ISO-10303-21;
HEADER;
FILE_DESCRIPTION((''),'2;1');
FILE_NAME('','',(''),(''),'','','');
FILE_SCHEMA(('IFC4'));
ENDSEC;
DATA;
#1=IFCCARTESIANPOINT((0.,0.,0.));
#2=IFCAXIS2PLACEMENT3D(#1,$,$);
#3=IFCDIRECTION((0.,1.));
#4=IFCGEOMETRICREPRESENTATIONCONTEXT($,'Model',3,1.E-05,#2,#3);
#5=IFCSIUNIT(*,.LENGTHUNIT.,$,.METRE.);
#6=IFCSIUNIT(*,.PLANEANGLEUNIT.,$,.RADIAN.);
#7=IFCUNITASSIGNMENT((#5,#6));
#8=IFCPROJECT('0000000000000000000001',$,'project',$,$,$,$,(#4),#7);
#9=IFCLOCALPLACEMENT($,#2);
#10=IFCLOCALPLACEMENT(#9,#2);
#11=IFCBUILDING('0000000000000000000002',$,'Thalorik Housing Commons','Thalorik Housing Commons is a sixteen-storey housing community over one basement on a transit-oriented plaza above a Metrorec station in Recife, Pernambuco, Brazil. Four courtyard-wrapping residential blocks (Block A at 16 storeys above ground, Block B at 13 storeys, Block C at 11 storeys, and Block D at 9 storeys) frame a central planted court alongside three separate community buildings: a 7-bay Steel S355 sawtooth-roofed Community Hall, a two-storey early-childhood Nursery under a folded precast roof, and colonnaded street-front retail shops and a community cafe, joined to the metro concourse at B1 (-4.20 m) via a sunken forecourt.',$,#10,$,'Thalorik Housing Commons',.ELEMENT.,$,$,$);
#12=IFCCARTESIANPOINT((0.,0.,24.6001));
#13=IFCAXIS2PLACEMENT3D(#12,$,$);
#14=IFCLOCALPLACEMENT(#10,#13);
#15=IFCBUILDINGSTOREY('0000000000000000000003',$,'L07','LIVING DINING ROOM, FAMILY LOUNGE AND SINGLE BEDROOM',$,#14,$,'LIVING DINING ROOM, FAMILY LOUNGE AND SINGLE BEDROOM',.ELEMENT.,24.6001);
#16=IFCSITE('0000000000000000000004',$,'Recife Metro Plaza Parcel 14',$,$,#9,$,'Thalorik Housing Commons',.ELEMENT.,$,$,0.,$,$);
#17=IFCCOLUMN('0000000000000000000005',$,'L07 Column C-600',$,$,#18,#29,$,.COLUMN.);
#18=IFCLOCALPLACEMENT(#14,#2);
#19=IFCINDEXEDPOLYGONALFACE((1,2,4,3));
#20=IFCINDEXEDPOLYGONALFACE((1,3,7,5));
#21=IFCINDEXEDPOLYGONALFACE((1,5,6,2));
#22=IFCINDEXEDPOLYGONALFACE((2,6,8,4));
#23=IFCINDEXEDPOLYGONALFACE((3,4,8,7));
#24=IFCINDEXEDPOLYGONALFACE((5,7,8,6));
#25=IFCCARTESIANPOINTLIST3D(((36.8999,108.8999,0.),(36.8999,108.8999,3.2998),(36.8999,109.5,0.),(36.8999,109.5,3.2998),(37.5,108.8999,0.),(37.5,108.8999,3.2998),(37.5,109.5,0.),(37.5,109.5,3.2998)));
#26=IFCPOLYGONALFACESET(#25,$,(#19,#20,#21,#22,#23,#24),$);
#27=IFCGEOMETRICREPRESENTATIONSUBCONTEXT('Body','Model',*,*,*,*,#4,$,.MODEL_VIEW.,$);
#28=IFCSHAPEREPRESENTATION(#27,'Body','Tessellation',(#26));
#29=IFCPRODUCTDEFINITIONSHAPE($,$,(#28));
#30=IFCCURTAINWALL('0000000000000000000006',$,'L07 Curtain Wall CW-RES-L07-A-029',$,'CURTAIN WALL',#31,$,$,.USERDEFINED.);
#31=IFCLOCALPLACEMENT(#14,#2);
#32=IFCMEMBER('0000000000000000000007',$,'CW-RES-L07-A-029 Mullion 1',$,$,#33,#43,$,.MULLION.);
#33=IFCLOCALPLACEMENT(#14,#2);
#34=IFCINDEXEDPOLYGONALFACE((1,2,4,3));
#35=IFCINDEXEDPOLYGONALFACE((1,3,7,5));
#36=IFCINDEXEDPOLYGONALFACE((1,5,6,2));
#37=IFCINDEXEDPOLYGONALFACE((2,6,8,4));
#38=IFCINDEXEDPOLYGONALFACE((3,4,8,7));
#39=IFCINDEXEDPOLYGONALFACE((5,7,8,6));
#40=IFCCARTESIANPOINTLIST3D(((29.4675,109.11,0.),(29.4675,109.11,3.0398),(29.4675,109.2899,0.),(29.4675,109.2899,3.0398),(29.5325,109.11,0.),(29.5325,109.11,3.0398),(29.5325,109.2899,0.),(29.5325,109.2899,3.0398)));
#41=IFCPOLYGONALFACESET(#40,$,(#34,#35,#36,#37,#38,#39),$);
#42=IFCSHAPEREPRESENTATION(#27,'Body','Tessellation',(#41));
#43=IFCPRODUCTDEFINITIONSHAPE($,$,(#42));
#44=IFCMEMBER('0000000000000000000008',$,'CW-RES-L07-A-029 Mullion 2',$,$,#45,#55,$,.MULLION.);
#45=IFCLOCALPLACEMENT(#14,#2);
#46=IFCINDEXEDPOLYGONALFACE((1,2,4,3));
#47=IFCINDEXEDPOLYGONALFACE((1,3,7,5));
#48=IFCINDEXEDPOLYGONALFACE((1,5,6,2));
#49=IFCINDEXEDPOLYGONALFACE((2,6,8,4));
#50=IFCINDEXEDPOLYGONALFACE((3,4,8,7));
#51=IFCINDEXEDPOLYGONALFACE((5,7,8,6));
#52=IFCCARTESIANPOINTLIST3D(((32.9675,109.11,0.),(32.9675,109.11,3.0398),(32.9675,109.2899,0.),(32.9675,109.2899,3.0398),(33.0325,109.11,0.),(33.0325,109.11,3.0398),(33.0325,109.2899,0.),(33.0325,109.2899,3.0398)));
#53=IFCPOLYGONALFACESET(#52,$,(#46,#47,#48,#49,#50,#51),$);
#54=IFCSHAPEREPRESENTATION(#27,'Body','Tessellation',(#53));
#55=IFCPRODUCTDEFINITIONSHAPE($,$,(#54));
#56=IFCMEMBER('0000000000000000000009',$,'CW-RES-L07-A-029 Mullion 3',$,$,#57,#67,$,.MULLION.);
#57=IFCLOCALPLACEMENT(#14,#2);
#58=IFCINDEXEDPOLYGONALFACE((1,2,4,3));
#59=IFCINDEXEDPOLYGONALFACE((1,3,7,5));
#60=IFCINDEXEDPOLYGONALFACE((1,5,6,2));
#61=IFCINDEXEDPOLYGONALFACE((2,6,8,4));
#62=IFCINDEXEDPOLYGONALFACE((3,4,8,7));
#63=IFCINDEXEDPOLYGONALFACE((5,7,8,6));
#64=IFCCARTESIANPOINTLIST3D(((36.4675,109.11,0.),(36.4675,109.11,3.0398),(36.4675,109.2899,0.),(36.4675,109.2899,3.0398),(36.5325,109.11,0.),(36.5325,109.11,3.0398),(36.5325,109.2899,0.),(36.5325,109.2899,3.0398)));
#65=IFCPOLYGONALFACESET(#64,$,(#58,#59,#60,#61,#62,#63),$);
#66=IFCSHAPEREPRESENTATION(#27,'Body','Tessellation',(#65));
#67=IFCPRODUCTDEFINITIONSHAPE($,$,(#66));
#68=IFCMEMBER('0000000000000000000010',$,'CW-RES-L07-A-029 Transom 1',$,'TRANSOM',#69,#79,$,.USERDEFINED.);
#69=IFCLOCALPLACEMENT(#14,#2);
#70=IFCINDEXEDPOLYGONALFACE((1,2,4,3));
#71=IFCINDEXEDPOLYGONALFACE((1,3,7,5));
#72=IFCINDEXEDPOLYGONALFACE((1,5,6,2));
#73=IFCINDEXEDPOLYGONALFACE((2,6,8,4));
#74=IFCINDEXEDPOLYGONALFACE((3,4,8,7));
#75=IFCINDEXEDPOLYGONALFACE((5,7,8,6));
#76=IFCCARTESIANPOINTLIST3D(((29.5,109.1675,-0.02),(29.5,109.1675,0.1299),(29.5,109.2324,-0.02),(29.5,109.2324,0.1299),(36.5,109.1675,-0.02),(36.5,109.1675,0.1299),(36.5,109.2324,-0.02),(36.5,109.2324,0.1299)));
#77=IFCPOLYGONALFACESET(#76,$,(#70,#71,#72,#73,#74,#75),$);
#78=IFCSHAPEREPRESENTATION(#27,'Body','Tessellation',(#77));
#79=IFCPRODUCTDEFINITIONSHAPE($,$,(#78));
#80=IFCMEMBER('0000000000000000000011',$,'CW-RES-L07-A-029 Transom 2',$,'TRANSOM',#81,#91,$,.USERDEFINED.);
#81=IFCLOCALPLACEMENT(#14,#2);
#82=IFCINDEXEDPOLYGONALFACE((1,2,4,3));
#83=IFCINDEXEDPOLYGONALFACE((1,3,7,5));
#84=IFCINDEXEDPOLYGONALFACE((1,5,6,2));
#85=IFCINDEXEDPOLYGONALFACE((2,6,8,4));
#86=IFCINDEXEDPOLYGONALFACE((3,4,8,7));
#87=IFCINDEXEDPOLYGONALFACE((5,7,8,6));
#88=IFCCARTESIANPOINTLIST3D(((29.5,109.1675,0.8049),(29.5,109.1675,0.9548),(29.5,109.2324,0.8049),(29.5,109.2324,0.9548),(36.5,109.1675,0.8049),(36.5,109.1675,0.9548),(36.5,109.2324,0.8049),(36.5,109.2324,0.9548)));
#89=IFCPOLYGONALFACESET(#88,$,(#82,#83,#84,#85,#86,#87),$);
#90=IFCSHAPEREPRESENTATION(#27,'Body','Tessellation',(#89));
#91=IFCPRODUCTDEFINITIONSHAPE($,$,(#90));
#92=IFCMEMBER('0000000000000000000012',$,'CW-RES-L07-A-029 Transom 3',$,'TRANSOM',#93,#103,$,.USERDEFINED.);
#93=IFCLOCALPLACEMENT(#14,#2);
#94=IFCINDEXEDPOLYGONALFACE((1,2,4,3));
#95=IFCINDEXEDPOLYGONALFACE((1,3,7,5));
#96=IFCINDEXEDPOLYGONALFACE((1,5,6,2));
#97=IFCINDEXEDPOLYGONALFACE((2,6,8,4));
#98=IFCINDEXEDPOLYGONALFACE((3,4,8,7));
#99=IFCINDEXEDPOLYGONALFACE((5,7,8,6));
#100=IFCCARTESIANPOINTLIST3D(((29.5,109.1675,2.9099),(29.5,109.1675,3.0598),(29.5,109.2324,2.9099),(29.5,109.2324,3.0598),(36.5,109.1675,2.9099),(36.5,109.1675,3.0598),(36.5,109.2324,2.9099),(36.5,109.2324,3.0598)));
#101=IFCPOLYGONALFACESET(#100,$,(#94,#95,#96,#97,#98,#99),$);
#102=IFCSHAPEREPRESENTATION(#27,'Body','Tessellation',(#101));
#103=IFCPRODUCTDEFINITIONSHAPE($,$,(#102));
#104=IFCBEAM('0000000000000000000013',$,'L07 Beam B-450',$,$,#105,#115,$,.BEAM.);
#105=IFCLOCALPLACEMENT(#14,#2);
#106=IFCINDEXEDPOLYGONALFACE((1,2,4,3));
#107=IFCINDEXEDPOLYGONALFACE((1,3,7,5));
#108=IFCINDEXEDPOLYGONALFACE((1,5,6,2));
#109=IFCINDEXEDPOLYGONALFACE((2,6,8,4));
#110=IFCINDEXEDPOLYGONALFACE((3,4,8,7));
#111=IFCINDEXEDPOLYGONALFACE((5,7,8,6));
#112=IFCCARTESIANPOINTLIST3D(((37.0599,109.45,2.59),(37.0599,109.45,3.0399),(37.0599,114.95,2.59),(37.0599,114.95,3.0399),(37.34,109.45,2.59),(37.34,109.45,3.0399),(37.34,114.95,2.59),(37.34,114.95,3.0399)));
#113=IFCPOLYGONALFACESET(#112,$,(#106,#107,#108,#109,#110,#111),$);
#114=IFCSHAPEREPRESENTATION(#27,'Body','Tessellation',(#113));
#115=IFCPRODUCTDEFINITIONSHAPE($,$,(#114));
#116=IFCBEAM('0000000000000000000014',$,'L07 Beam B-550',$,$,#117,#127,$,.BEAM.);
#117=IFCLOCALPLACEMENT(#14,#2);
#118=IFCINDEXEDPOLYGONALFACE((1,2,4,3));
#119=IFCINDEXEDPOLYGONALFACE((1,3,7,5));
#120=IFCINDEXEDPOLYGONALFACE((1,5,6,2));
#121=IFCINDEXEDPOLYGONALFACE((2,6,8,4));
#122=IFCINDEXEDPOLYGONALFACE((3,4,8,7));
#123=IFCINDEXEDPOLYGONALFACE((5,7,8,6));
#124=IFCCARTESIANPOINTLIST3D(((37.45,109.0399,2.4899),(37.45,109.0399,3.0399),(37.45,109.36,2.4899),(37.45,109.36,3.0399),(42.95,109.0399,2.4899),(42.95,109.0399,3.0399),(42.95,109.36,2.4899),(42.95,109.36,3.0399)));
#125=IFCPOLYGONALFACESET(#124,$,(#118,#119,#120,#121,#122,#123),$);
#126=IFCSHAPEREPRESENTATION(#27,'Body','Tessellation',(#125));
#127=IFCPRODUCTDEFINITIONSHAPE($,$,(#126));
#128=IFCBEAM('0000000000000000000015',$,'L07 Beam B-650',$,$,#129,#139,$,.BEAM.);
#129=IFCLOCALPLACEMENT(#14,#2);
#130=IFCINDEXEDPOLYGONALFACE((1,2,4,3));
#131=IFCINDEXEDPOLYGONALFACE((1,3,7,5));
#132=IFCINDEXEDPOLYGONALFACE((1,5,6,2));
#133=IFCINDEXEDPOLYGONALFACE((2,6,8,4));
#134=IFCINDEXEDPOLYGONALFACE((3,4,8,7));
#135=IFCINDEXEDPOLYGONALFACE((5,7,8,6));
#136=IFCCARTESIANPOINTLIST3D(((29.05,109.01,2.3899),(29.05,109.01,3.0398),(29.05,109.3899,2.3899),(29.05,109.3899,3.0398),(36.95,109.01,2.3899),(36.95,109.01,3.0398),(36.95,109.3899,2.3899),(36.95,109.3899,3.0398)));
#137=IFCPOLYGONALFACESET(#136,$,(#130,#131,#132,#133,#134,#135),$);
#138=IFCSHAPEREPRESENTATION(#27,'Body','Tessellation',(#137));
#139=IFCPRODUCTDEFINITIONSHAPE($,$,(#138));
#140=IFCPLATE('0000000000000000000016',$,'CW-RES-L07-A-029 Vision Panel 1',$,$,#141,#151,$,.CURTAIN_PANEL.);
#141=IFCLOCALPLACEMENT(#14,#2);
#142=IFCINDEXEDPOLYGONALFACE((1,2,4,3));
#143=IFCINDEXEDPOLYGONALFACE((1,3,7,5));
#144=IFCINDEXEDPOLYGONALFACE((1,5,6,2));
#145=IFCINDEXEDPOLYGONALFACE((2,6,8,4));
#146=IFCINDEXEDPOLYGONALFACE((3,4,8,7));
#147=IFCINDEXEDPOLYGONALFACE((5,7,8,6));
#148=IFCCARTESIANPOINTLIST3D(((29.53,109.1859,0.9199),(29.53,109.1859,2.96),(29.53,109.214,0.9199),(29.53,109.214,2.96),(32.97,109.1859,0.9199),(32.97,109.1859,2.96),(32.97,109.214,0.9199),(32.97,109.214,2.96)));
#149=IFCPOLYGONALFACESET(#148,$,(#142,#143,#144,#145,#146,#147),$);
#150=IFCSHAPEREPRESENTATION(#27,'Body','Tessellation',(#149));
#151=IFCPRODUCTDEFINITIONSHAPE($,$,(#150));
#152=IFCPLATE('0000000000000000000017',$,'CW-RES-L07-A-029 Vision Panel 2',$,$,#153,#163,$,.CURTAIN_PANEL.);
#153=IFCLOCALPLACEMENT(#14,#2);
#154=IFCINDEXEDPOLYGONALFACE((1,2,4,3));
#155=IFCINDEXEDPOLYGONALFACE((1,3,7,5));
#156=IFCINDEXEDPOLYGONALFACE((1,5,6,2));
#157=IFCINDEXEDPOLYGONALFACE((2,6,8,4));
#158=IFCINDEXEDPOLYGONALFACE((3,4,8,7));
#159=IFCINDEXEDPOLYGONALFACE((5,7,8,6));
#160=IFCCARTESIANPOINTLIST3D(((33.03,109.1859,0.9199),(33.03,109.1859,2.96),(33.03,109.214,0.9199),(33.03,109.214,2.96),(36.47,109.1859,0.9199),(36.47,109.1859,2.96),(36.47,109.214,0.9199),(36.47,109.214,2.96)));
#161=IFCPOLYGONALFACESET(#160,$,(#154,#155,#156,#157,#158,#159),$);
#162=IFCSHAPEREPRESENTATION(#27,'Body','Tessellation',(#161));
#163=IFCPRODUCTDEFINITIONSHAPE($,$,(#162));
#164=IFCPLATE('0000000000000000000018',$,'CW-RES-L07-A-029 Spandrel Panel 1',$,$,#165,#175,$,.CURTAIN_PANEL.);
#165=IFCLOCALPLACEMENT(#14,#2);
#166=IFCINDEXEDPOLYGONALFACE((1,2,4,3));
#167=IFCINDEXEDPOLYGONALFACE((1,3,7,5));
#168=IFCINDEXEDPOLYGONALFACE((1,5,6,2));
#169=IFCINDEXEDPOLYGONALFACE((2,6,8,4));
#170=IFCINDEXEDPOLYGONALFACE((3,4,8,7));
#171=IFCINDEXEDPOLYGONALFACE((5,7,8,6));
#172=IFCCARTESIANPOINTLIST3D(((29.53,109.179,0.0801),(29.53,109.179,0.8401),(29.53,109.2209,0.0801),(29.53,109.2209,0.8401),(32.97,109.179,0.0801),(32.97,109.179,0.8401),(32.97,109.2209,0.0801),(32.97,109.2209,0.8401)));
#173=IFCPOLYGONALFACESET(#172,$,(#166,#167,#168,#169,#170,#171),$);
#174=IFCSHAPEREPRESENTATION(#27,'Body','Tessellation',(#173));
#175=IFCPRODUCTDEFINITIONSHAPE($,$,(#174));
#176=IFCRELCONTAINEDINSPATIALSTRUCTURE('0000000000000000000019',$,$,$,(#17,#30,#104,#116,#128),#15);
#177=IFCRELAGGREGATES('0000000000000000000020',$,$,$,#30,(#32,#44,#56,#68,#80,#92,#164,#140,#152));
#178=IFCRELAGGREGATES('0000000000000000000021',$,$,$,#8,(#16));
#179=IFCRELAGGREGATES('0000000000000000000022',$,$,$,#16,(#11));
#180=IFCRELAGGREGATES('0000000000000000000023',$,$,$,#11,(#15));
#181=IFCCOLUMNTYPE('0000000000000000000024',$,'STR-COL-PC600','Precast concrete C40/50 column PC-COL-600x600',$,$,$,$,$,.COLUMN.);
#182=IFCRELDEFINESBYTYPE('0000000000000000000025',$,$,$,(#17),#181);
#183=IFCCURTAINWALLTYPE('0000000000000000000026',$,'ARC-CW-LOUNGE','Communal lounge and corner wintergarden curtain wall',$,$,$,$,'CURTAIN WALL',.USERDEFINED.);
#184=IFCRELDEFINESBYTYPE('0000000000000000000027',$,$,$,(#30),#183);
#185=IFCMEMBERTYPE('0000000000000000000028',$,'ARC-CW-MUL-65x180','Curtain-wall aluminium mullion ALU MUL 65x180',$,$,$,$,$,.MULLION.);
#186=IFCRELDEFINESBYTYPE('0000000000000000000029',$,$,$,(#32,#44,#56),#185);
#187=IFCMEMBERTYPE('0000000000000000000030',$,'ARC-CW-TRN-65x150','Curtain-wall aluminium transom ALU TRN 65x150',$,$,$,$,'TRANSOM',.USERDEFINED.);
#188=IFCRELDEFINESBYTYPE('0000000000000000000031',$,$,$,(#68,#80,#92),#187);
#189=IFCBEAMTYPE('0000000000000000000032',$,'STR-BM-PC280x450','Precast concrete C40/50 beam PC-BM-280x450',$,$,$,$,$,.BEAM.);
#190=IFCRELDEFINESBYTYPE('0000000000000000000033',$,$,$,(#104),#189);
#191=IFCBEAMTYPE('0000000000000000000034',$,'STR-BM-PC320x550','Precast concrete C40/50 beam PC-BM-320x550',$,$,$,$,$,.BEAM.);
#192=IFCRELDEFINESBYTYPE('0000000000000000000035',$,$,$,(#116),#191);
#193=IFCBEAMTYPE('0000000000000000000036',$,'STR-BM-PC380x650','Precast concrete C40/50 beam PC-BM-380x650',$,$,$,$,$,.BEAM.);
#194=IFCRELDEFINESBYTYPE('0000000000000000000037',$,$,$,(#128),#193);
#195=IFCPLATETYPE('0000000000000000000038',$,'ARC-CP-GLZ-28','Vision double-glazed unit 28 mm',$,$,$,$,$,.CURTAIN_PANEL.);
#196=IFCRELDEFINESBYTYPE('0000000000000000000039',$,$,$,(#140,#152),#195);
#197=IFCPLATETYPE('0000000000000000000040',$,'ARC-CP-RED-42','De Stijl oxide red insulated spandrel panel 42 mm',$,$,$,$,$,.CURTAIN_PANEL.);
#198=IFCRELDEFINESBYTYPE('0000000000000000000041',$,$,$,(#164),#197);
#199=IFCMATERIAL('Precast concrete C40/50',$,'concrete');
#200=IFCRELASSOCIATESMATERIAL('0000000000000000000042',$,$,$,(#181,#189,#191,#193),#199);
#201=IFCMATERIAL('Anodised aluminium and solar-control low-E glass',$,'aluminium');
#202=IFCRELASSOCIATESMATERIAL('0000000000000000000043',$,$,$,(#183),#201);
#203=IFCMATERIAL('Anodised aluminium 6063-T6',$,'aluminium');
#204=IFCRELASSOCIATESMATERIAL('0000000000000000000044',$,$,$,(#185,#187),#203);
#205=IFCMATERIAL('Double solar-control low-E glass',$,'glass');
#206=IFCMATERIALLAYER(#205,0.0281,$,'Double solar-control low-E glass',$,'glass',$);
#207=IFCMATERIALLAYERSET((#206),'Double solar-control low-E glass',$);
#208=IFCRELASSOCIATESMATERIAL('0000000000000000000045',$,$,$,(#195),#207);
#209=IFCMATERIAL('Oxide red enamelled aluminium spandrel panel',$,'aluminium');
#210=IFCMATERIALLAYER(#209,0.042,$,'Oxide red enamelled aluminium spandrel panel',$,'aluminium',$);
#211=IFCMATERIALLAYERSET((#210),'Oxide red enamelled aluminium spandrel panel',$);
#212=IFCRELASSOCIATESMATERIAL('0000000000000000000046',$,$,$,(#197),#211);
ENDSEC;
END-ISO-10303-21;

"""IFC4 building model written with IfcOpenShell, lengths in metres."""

from ifc_helpers import new_model, si_unit, direction, frame, origin, origin_2d, place, context, subcontext, project, spatial, rectangle, extrude, material, layer, layer_set, material_profile, profile_set, type_object, element, aggregate, save


model = new_model("IFC4")

# Units and contexts
model_context = context("Model", 3, precision=1e-05, world=origin(), true_north=direction((0.0, 1.0)))
body_context = subcontext(model_context, "Body", "Model", "MODEL_VIEW")
ifc_project = project(units=[si_unit("LENGTHUNIT", "METRE"), si_unit("PLANEANGLEUNIT", "RADIAN")], contexts=[model_context])

# Site, building, storey
site_placement = place(None, origin())
site = spatial("IfcSite", under=ifc_project, at=site_placement, Name="Recife Metro Plaza Parcel 14", LongName="Thalorik Housing Commons", CompositionType="ELEMENT", RefElevation=0.0)
building_placement = place(site_placement, origin())
building = spatial("IfcBuilding", under=site, at=building_placement, Name="Thalorik Housing Commons", Description="Thalorik Housing Commons is a sixteen-storey housing community over one basement on a transit-oriented plaza above a Metrorec station in Recife, Pernambuco, Brazil. Four courtyard-wrapping residential blocks (Block A at 16 storeys above ground, Block B at 13 storeys, Block C at 11 storeys, and Block D at 9 storeys) frame a central planted court alongside three separate community buildings: a 7-bay Steel S355 sawtooth-roofed Community Hall, a two-storey early-childhood Nursery under a folded precast roof, and colonnaded street-front retail shops and a community cafe, joined to the metro concourse at B1 (-4.20 m) via a sunken forecourt.", LongName="Thalorik Housing Commons", CompositionType="ELEMENT")
storey_placement = place(building_placement, frame((0.0, 0.0, 24.6001)))
storey = spatial("IfcBuildingStorey", under=building, at=storey_placement, Name="L07", Description="LIVING DINING ROOM, FAMILY LOUNGE AND SINGLE BEDROOM", LongName="LIVING DINING ROOM, FAMILY LOUNGE AND SINGLE BEDROOM", CompositionType="ELEMENT", Elevation=24.6001)

# Column
ifc_material_1 = material(Name="Precast concrete C40/50", Category="concrete")
ifc_material_profile_1 = material_profile(ifc_material_1, rectangle(XDim=0.6001, YDim=0.6001, at=origin_2d()), Name="PC 600x600", Category="concrete")
ifc_profile_set_1 = profile_set([ifc_material_profile_1], Name="Precast concrete C40/50")
column_type = type_object("IfcColumnType", Name="STR-COL-PC600", Description="Precast concrete C40/50 column PC-COL-600x600", PredefinedType="COLUMN", material=ifc_profile_set_1)
column_placement = place(storey_placement, frame((37.2, 109.2, 0.0), z_axis=(0.0, 0.0, 1.0), x_axis=(1.0, 0.0, 0.0)))
element("IfcColumn", 1, at=column_placement, inside=storey, type_object=column_type, Name="L07 Column C-600", PredefinedType="COLUMN", context=body_context, shape_type="SweptSolid", body=[
    extrude(rectangle(XDim=0.6001, YDim=0.6001, at=origin_2d()), origin(), (0.0, 0.0, 1.0), 3.2998),
])

# Curtain wall, members
ifc_material_2 = material(Name="Anodised aluminium and solar-control low-E glass", Category="aluminium")
curtain_wall_type = type_object("IfcCurtainWallType", Name="ARC-CW-LOUNGE", Description="Communal lounge and corner wintergarden curtain wall", ElementType="CURTAIN WALL", PredefinedType="USERDEFINED", material=ifc_material_2)
curtain_wall_placement = place(storey_placement, origin())
curtain_wall = element("IfcCurtainWall", 2, at=curtain_wall_placement, inside=storey, type_object=curtain_wall_type, Name="L07 Curtain Wall CW-RES-L07-A-029", ObjectType="CURTAIN WALL", PredefinedType="USERDEFINED")
ifc_material_3 = material(Name="Anodised aluminium 6063-T6", Category="aluminium")
ifc_material_profile_2 = material_profile(ifc_material_3, rectangle(XDim=0.0649, YDim=0.1799, at=origin_2d()), Name="ALU MUL 65x180", Category="aluminium")
ifc_profile_set_2 = profile_set([ifc_material_profile_2], Name="Anodised aluminium 6063-T6")
member_type_1 = type_object("IfcMemberType", Name="ARC-CW-MUL-65x180", Description="Curtain-wall aluminium mullion ALU MUL 65x180", PredefinedType="MULLION", material=ifc_profile_set_2)
member_1_placement = place(storey_placement, frame((29.5, 109.2, 0.0), z_axis=(0.0, 0.0, 1.0), x_axis=(1.0, 0.0, 0.0)))
member_1 = element("IfcMember", 3, at=member_1_placement, type_object=member_type_1, Name="CW-RES-L07-A-029 Mullion 1", PredefinedType="MULLION", context=body_context, shape_type="SweptSolid", body=[
    extrude(rectangle(XDim=0.0649, YDim=0.1799, at=origin_2d()), origin(), (0.0, 0.0, 1.0), 3.0398),
])
member_2_placement = place(storey_placement, frame((33.0, 109.2, 0.0), z_axis=(0.0, 0.0, 1.0), x_axis=(1.0, 0.0, 0.0)))
member_2 = element("IfcMember", 4, at=member_2_placement, type_object=member_type_1, Name="CW-RES-L07-A-029 Mullion 2", PredefinedType="MULLION", context=body_context, shape_type="SweptSolid", body=[
    extrude(rectangle(XDim=0.0649, YDim=0.1799, at=origin_2d()), origin(), (0.0, 0.0, 1.0), 3.0398),
])
member_3_placement = place(storey_placement, frame((36.5, 109.2, 0.0), z_axis=(0.0, 0.0, 1.0), x_axis=(1.0, 0.0, 0.0)))
member_3 = element("IfcMember", 5, at=member_3_placement, type_object=member_type_1, Name="CW-RES-L07-A-029 Mullion 3", PredefinedType="MULLION", context=body_context, shape_type="SweptSolid", body=[
    extrude(rectangle(XDim=0.0649, YDim=0.1799, at=origin_2d()), origin(), (0.0, 0.0, 1.0), 3.0398),
])
ifc_material_profile_3 = material_profile(ifc_material_3, rectangle(XDim=0.0649, YDim=0.1499, at=origin_2d()), Name="ALU TRN 65x150", Category="aluminium")
ifc_profile_set_3 = profile_set([ifc_material_profile_3], Name="Anodised aluminium 6063-T6")
member_type_2 = type_object("IfcMemberType", Name="ARC-CW-TRN-65x150", Description="Curtain-wall aluminium transom ALU TRN 65x150", ElementType="TRANSOM", PredefinedType="USERDEFINED", material=ifc_profile_set_3)
member_4_placement = place(storey_placement, frame((29.5, 109.2, 0.0549), z_axis=(1.0, 0.0, 0.0), x_axis=(0.0, 1.0, 0.0)))
member_4 = element("IfcMember", 6, at=member_4_placement, type_object=member_type_2, Name="CW-RES-L07-A-029 Transom 1", ObjectType="TRANSOM", PredefinedType="USERDEFINED", context=body_context, shape_type="SweptSolid", body=[
    extrude(rectangle(XDim=0.0649, YDim=0.1499, at=origin_2d()), origin(), (0.0, 0.0, 1.0), 7.0),
])
member_5_placement = place(storey_placement, frame((29.5, 109.2, 0.8799), z_axis=(1.0, 0.0, 0.0), x_axis=(0.0, 1.0, 0.0)))
member_5 = element("IfcMember", 7, at=member_5_placement, type_object=member_type_2, Name="CW-RES-L07-A-029 Transom 2", ObjectType="TRANSOM", PredefinedType="USERDEFINED", context=body_context, shape_type="SweptSolid", body=[
    extrude(rectangle(XDim=0.0649, YDim=0.1499, at=origin_2d()), origin(), (0.0, 0.0, 1.0), 7.0),
])
member_6_placement = place(storey_placement, frame((29.5, 109.2, 2.9849), z_axis=(1.0, 0.0, 0.0), x_axis=(0.0, 1.0, 0.0)))
member_6 = element("IfcMember", 8, at=member_6_placement, type_object=member_type_2, Name="CW-RES-L07-A-029 Transom 3", ObjectType="TRANSOM", PredefinedType="USERDEFINED", context=body_context, shape_type="SweptSolid", body=[
    extrude(rectangle(XDim=0.0649, YDim=0.1499, at=origin_2d()), origin(), (0.0, 0.0, 1.0), 7.0),
])

# Beams
ifc_material_profile_4 = material_profile(ifc_material_1, rectangle(XDim=0.28, YDim=0.45, at=origin_2d()), Name="PC 280x450", Category="concrete")
ifc_profile_set_4 = profile_set([ifc_material_profile_4], Name="Precast concrete C40/50")
beam_type_1 = type_object("IfcBeamType", Name="STR-BM-PC280x450", Description="Precast concrete C40/50 beam PC-BM-280x450", PredefinedType="BEAM", material=ifc_profile_set_4)
beam_1_placement = place(storey_placement, frame((37.2, 109.45, 2.8149), z_axis=(0.0, 1.0, 0.0), x_axis=(-1.0, 0.0, 0.0)))
element("IfcBeam", 9, at=beam_1_placement, inside=storey, type_object=beam_type_1, Name="L07 Beam B-450", PredefinedType="BEAM", context=body_context, shape_type="SweptSolid", body=[
    extrude(rectangle(XDim=0.28, YDim=0.45, at=origin_2d()), origin(), (0.0, 0.0, 1.0), 5.5),
])
ifc_material_profile_5 = material_profile(ifc_material_1, rectangle(XDim=0.3201, YDim=0.55, at=origin_2d()), Name="PC 320x550", Category="concrete")
ifc_profile_set_5 = profile_set([ifc_material_profile_5], Name="Precast concrete C40/50")
beam_type_2 = type_object("IfcBeamType", Name="STR-BM-PC320x550", Description="Precast concrete C40/50 beam PC-BM-320x550", PredefinedType="BEAM", material=ifc_profile_set_5)
beam_2_placement = place(storey_placement, frame((37.45, 109.2, 2.7649), z_axis=(1.0, 0.0, 0.0), x_axis=(0.0, 1.0, 0.0)))
element("IfcBeam", 10, at=beam_2_placement, inside=storey, type_object=beam_type_2, Name="L07 Beam B-550", PredefinedType="BEAM", context=body_context, shape_type="SweptSolid", body=[
    extrude(rectangle(XDim=0.3201, YDim=0.55, at=origin_2d()), origin(), (0.0, 0.0, 1.0), 5.5),
])
ifc_material_profile_6 = material_profile(ifc_material_1, rectangle(XDim=0.3799, YDim=0.6499, at=origin_2d()), Name="PC 380x650", Category="concrete")
ifc_profile_set_6 = profile_set([ifc_material_profile_6], Name="Precast concrete C40/50")
beam_type_3 = type_object("IfcBeamType", Name="STR-BM-PC380x650", Description="Precast concrete C40/50 beam PC-BM-380x650", PredefinedType="BEAM", material=ifc_profile_set_6)
beam_3_placement = place(storey_placement, frame((29.05, 109.2, 2.7148), z_axis=(1.0, 0.0, 0.0), x_axis=(0.0, 1.0, 0.0)))
element("IfcBeam", 11, at=beam_3_placement, inside=storey, type_object=beam_type_3, Name="L07 Beam B-650", PredefinedType="BEAM", context=body_context, shape_type="SweptSolid", body=[
    extrude(rectangle(XDim=0.3799, YDim=0.6499, at=origin_2d()), origin(), (0.0, 0.0, 1.0), 7.8999),
])

# Plates
ifc_material_4 = material(Name="Double solar-control low-E glass", Category="glass")
ifc_layer_1 = layer(ifc_material_4, 0.0281, Name="Double solar-control low-E glass", Category="glass")
ifc_layer_set_1 = layer_set([ifc_layer_1], Name="Double solar-control low-E glass")
plate_type_1 = type_object("IfcPlateType", Name="ARC-CP-GLZ-28", Description="Vision double-glazed unit 28 mm", PredefinedType="CURTAIN_PANEL", material=ifc_layer_set_1)
plate_1_placement = place(storey_placement, frame((31.25, 109.2, 0.9199), z_axis=(0.0, 0.0, 1.0), x_axis=(1.0, 0.0, 0.0)))
plate_1 = element("IfcPlate", 12, at=plate_1_placement, type_object=plate_type_1, Name="CW-RES-L07-A-029 Vision Panel 1", PredefinedType="CURTAIN_PANEL", context=body_context, shape_type="SweptSolid", body=[
    extrude(rectangle(XDim=3.4399, YDim=0.0281, at=origin_2d()), origin(), (0.0, 0.0, 1.0), 2.04),
])
plate_2_placement = place(storey_placement, frame((34.75, 109.2, 0.9199), z_axis=(0.0, 0.0, 1.0), x_axis=(1.0, 0.0, 0.0)))
plate_2 = element("IfcPlate", 13, at=plate_2_placement, type_object=plate_type_1, Name="CW-RES-L07-A-029 Vision Panel 2", PredefinedType="CURTAIN_PANEL", context=body_context, shape_type="SweptSolid", body=[
    extrude(rectangle(XDim=3.4399, YDim=0.0281, at=origin_2d()), origin(), (0.0, 0.0, 1.0), 2.04),
])
ifc_material_5 = material(Name="Oxide red enamelled aluminium spandrel panel", Category="aluminium")
ifc_layer_2 = layer(ifc_material_5, 0.042, Name="Oxide red enamelled aluminium spandrel panel", Category="aluminium")
ifc_layer_set_2 = layer_set([ifc_layer_2], Name="Oxide red enamelled aluminium spandrel panel")
plate_type_2 = type_object("IfcPlateType", Name="ARC-CP-RED-42", Description="De Stijl oxide red insulated spandrel panel 42 mm", PredefinedType="CURTAIN_PANEL", material=ifc_layer_set_2)
plate_3_placement = place(storey_placement, frame((31.25, 109.2, 0.0801), z_axis=(0.0, 0.0, 1.0), x_axis=(1.0, 0.0, 0.0)))
plate_3 = element("IfcPlate", 14, at=plate_3_placement, type_object=plate_type_2, Name="CW-RES-L07-A-029 Spandrel Panel 1", PredefinedType="CURTAIN_PANEL", context=body_context, shape_type="SweptSolid", body=[
    extrude(rectangle(XDim=3.4399, YDim=0.042, at=origin_2d()), origin(), (0.0, 0.0, 1.0), 0.76),
])
aggregate(curtain_wall, [member_1, member_2, member_3, member_4, member_5, member_6, plate_3, plate_1, plate_2])

save(model, "model.ifc")
